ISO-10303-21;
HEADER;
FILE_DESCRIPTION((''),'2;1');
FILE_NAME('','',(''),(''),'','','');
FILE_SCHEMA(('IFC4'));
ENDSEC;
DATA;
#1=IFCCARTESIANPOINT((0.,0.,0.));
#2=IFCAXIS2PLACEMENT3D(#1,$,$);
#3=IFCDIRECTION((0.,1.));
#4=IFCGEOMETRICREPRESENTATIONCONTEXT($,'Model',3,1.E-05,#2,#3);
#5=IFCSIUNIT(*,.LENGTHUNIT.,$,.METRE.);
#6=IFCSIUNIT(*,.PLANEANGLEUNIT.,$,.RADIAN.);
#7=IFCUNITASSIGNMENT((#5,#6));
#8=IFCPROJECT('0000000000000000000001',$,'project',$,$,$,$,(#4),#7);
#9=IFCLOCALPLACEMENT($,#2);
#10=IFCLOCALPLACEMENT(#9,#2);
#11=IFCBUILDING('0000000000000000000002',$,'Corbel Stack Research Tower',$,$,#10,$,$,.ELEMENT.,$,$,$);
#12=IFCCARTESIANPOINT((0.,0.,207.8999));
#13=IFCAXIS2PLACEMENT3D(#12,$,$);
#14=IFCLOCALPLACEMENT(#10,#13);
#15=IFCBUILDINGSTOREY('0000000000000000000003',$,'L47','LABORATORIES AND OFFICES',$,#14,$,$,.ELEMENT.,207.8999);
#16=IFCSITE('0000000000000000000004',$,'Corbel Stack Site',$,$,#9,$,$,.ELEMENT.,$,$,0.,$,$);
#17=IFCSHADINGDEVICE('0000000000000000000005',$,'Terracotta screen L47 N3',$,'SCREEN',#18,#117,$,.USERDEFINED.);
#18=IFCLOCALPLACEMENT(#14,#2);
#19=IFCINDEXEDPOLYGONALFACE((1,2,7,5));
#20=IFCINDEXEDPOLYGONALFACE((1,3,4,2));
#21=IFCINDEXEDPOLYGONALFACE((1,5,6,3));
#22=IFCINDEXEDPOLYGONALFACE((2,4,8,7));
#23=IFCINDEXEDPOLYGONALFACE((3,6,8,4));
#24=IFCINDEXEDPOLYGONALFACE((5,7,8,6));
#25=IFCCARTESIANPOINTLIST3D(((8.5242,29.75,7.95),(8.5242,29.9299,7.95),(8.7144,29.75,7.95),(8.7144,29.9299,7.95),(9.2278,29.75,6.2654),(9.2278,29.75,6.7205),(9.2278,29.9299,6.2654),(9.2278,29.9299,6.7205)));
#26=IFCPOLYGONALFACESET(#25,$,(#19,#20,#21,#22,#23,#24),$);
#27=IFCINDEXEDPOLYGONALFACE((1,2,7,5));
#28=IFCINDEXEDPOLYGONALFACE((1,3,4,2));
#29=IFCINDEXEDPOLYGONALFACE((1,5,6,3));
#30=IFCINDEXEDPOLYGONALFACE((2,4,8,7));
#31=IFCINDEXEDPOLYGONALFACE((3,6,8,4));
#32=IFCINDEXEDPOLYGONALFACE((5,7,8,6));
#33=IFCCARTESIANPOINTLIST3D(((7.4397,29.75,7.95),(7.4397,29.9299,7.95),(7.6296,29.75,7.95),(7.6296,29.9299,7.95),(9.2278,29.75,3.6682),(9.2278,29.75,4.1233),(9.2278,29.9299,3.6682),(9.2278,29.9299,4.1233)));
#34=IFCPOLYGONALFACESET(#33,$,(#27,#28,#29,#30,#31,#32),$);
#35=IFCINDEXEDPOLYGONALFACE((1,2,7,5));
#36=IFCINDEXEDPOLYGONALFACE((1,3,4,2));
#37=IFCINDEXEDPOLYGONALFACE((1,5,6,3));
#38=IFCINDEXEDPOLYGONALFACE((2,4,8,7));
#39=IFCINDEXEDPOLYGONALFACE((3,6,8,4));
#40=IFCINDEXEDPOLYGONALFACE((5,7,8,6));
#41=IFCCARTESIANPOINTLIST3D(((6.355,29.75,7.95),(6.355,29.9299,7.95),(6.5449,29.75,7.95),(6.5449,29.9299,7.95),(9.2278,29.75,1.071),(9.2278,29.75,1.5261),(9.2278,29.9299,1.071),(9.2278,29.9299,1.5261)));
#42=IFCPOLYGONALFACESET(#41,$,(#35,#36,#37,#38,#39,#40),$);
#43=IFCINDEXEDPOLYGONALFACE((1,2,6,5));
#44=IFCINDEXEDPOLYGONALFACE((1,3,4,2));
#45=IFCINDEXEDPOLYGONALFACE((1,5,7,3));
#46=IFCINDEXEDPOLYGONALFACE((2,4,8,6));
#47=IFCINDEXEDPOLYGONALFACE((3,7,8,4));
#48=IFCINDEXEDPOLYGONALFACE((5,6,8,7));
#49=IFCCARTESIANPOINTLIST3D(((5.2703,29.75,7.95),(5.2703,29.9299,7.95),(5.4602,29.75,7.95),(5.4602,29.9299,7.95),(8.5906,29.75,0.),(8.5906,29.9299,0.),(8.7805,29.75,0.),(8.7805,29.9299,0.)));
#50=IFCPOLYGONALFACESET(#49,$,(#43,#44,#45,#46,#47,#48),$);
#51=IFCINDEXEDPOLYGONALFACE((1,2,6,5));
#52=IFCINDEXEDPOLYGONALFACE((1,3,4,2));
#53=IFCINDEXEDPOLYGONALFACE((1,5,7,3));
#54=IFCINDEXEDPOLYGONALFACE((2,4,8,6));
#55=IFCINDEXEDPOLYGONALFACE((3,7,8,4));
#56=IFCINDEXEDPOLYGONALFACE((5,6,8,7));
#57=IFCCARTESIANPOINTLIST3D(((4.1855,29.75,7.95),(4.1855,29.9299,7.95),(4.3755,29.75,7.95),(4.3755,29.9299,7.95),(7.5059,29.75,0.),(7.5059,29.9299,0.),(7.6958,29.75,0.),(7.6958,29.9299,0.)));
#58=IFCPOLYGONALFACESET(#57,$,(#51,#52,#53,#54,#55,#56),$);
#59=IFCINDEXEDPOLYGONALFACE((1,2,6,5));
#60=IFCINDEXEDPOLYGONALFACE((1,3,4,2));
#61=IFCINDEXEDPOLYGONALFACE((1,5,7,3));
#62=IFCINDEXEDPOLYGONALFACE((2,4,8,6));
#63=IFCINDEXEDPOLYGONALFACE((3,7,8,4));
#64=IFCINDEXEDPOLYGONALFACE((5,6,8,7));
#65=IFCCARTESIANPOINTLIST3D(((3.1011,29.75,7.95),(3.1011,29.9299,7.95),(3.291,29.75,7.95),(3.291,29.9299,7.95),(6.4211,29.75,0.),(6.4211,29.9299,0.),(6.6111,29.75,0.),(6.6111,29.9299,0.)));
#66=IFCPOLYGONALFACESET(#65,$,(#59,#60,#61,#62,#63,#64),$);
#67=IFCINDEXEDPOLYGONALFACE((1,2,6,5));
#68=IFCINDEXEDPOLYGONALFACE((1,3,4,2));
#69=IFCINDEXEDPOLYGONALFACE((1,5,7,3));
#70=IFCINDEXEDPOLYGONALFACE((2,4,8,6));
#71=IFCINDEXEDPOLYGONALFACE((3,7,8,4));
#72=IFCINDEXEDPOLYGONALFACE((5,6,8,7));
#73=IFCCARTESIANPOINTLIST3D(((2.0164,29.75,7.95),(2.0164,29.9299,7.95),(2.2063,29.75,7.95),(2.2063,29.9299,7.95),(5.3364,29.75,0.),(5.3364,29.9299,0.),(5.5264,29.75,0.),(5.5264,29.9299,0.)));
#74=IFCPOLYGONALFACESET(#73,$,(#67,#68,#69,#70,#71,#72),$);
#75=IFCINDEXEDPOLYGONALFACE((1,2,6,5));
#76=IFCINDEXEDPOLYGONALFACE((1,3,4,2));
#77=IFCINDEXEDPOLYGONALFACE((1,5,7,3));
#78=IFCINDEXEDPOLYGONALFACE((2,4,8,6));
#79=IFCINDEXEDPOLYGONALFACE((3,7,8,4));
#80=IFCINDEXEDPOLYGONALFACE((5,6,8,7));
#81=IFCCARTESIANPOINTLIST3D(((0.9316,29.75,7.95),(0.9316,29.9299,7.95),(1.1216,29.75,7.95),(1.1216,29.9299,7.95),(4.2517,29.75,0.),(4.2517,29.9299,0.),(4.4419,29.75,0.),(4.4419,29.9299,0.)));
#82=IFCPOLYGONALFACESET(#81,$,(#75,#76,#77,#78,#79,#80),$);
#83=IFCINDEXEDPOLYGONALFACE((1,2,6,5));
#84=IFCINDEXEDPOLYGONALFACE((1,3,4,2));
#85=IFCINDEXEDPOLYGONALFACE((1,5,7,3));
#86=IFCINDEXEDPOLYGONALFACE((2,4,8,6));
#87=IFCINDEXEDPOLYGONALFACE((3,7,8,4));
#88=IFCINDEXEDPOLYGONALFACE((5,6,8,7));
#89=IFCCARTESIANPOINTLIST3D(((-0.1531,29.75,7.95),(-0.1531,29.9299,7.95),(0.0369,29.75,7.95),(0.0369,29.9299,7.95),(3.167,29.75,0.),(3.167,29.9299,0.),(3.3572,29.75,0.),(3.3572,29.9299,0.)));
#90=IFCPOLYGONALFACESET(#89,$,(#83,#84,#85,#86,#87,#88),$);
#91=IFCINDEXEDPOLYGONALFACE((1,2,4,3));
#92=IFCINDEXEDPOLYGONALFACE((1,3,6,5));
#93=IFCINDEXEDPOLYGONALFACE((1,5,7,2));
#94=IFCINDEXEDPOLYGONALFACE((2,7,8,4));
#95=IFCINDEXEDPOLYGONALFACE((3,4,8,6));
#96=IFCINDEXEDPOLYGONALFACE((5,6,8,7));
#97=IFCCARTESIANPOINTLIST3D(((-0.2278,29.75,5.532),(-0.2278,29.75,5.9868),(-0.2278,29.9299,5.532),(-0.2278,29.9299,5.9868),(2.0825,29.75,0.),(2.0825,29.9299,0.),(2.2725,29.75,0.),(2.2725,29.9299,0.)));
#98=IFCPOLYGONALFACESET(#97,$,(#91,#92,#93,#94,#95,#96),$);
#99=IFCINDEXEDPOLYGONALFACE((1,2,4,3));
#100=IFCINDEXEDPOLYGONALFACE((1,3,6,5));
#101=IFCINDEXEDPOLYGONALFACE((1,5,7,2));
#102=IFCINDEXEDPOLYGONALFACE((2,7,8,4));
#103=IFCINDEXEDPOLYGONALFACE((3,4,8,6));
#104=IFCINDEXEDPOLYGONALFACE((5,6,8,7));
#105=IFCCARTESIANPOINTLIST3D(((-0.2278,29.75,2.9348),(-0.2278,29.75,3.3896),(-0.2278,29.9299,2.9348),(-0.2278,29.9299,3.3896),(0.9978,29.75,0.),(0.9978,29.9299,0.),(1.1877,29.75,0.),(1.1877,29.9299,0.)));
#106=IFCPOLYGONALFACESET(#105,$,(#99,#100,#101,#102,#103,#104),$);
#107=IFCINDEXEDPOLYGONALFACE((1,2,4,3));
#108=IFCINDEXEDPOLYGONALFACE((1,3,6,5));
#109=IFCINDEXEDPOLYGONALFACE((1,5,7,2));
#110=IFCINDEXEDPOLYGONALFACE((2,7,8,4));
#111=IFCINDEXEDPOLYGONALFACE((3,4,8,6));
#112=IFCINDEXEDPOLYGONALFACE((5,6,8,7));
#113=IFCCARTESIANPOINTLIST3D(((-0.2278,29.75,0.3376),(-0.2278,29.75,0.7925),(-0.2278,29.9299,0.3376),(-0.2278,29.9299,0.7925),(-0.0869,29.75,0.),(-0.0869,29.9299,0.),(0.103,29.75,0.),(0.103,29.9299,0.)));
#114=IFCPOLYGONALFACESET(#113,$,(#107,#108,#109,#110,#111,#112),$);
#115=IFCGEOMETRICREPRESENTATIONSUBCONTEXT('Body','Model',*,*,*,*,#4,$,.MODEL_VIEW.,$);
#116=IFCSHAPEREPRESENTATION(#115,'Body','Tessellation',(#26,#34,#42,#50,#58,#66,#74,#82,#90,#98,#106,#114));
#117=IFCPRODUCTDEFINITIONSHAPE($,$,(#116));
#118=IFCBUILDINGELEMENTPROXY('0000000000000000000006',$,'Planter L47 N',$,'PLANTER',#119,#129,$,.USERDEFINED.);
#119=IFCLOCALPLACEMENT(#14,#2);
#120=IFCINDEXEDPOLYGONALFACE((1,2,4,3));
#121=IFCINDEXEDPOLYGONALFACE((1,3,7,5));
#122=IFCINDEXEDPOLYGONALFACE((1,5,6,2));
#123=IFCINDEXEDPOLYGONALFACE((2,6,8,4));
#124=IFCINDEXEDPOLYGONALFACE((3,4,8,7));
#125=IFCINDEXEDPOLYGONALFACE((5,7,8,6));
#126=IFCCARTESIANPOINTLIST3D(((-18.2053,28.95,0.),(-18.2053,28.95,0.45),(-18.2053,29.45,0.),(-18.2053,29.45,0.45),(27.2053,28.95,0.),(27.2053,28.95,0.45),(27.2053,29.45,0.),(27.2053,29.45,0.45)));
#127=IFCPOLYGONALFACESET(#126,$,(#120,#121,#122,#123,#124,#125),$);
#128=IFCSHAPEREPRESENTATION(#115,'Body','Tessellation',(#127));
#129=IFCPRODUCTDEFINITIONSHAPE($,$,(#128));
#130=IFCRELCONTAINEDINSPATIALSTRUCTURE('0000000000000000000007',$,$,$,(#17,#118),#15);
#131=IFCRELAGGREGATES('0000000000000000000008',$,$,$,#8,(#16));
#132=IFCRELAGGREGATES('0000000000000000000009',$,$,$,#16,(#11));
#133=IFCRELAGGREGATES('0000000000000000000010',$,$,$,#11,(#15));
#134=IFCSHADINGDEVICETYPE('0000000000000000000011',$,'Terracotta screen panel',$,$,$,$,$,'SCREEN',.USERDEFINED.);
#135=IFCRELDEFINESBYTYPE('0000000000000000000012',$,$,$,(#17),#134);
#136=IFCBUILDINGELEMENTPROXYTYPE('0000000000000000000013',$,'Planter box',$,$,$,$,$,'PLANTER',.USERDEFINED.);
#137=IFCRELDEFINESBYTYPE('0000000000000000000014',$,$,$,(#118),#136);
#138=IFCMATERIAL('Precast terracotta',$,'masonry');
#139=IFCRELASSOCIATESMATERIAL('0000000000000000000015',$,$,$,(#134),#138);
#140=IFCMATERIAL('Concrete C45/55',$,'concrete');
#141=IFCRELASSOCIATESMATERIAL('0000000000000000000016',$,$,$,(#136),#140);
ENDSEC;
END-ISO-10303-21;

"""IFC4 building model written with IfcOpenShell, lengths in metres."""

from ifc_helpers import new_model, si_unit, direction, frame, origin, origin_2d, place, context, subcontext, project, spatial, polyline, rectangle, outline, extrude, source, transform, mapped, material, type_object, element, save


model = new_model("IFC4")

# Units and contexts
model_context = context("Model", 3, precision=1e-05, world=origin(), true_north=direction((0.0, 1.0)))
body_context = subcontext(model_context, "Body", "Model", "MODEL_VIEW")
ifc_project = project(units=[si_unit("LENGTHUNIT", "METRE"), si_unit("PLANEANGLEUNIT", "RADIAN")], contexts=[model_context])

# Site, building, storey
site_placement = place(None, origin())
site = spatial("IfcSite", under=ifc_project, at=site_placement, Name="Corbel Stack Site", CompositionType="ELEMENT", RefElevation=0.0)
building_placement = place(site_placement, origin())
building = spatial("IfcBuilding", under=site, at=building_placement, Name="Corbel Stack Research Tower", CompositionType="ELEMENT")
storey_placement = place(building_placement, frame((0.0, 0.0, 207.8999)))
storey = spatial("IfcBuildingStorey", under=building, at=storey_placement, Name="L47", Description="LABORATORIES AND OFFICES", CompositionType="ELEMENT", Elevation=207.8999)

# Shading device
ifc_material_1 = material(Name="Precast terracotta", Category="masonry")
shading_device_type = type_object("IfcShadingDeviceType", Name="Terracotta screen panel", ElementType="SCREEN", PredefinedType="USERDEFINED", material=ifc_material_1)
shared_shape = source(origin(), body_context, "Body", "SweptSolid", [
    extrude(outline(polyline([(0.7036, 7.95), (0.5134, 7.95), (0.0, 6.7205), (0.0, 6.2654), (0.7036, 7.95)])), frame((0.0, 0.0, 0.0), z_axis=(0.0, -1.0, 0.0), x_axis=(1.0, 0.0, 0.0)), (0.0, 0.0, 1.0), 0.1799),
    extrude(outline(polyline([(1.7881, 7.95), (1.5981, 7.95), (0.0, 4.1233), (0.0, 3.6682), (1.7881, 7.95)])), frame((0.0, 0.0, 0.0), z_axis=(0.0, -1.0, 0.0), x_axis=(1.0, 0.0, 0.0)), (0.0, 0.0, 1.0), 0.1799),
    extrude(outline(polyline([(2.8728, 7.95), (2.6829, 7.95), (0.0, 1.5261), (0.0, 1.071), (2.8728, 7.95)])), frame((0.0, 0.0, 0.0), z_axis=(0.0, -1.0, 0.0), x_axis=(1.0, 0.0, 0.0)), (0.0, 0.0, 1.0), 0.1799),
    extrude(outline(polyline([(0.6372, 0.0), (3.9575, 7.95), (3.7676, 7.95), (0.4473, 0.0), (0.6372, 0.0)])), frame((0.0, 0.0, 0.0), z_axis=(0.0, -1.0, 0.0), x_axis=(1.0, 0.0, 0.0)), (0.0, 0.0, 1.0), 0.1799),
    extrude(outline(polyline([(1.7219, 0.0), (5.0422, 7.95), (4.8523, 7.95), (1.532, 0.0), (1.7219, 0.0)])), frame((0.0, 0.0, 0.0), z_axis=(0.0, -1.0, 0.0), x_axis=(1.0, 0.0, 0.0)), (0.0, 0.0, 1.0), 0.1799),
    extrude(outline(polyline([(2.8066, 0.0), (6.1267, 7.95), (5.9368, 7.95), (2.6167, 0.0), (2.8066, 0.0)])), frame((0.0, 0.0, 0.0), z_axis=(0.0, -1.0, 0.0), x_axis=(1.0, 0.0, 0.0)), (0.0, 0.0, 1.0), 0.1799),
    extrude(outline(polyline([(3.8914, 0.0), (7.2114, 7.95), (7.0215, 7.95), (3.7014, 0.0), (3.8914, 0.0)])), frame((0.0, 0.0, 0.0), z_axis=(0.0, -1.0, 0.0), x_axis=(1.0, 0.0, 0.0)), (0.0, 0.0, 1.0), 0.1799),
    extrude(outline(polyline([(4.9761, 0.0), (8.2961, 7.95), (8.1062, 7.95), (4.7859, 0.0), (4.9761, 0.0)])), frame((0.0, 0.0, 0.0), z_axis=(0.0, -1.0, 0.0), x_axis=(1.0, 0.0, 0.0)), (0.0, 0.0, 1.0), 0.1799),
    extrude(outline(polyline([(6.0608, 0.0), (9.3809, 7.95), (9.1909, 7.95), (5.8706, 0.0), (6.0608, 0.0)])), frame((0.0, 0.0, 0.0), z_axis=(0.0, -1.0, 0.0), x_axis=(1.0, 0.0, 0.0)), (0.0, 0.0, 1.0), 0.1799),
    extrude(outline(polyline([(7.1453, 0.0), (9.4556, 5.532), (9.4556, 5.9868), (6.9553, 0.0), (7.1453, 0.0)])), frame((0.0, 0.0, 0.0), z_axis=(0.0, -1.0, 0.0), x_axis=(1.0, 0.0, 0.0)), (0.0, 0.0, 1.0), 0.1799),
    extrude(outline(polyline([(8.23, 0.0), (9.4556, 2.9348), (9.4556, 3.3896), (8.04, 0.0), (8.23, 0.0)])), frame((0.0, 0.0, 0.0), z_axis=(0.0, -1.0, 0.0), x_axis=(1.0, 0.0, 0.0)), (0.0, 0.0, 1.0), 0.1799),
    extrude(outline(polyline([(9.3147, 0.0), (9.4556, 0.3376), (9.4556, 0.7925), (9.1248, 0.0), (9.3147, 0.0)])), frame((0.0, 0.0, 0.0), z_axis=(0.0, -1.0, 0.0), x_axis=(1.0, 0.0, 0.0)), (0.0, 0.0, 1.0), 0.1799),
])
shading_device_placement = place(storey_placement, frame((9.2278, 29.75, 0.0), z_axis=(0.0, 0.0, 1.0), x_axis=(-1.0, 0.0, 0.0)))
element("IfcShadingDevice", 1, at=shading_device_placement, inside=storey, type_object=shading_device_type, Name="Terracotta screen L47 N3", ObjectType="SCREEN", PredefinedType="USERDEFINED", context=body_context, shape_type="MappedRepresentation", body=[
    mapped(shared_shape, transform((0.0, 0.0, 0.0))),
])

# Building element proxy
ifc_material_2 = material(Name="Concrete C45/55", Category="concrete")
building_element_proxy_type = type_object("IfcBuildingElementProxyType", Name="Planter box", ElementType="PLANTER", PredefinedType="USERDEFINED", material=ifc_material_2)
proxy_placement = place(storey_placement, frame((4.5, 29.2, 0.0), z_axis=(0.0, 0.0, 1.0), x_axis=(-1.0, 0.0, 0.0)))
element("IfcBuildingElementProxy", 2, at=proxy_placement, inside=storey, type_object=building_element_proxy_type, Name="Planter L47 N", ObjectType="PLANTER", PredefinedType="USERDEFINED", context=body_context, shape_type="SweptSolid", body=[
    extrude(rectangle(XDim=45.4106, YDim=0.5, at=origin_2d()), origin(), (0.0, 0.0, 1.0), 0.45),
])

save(model, "model.ifc")
